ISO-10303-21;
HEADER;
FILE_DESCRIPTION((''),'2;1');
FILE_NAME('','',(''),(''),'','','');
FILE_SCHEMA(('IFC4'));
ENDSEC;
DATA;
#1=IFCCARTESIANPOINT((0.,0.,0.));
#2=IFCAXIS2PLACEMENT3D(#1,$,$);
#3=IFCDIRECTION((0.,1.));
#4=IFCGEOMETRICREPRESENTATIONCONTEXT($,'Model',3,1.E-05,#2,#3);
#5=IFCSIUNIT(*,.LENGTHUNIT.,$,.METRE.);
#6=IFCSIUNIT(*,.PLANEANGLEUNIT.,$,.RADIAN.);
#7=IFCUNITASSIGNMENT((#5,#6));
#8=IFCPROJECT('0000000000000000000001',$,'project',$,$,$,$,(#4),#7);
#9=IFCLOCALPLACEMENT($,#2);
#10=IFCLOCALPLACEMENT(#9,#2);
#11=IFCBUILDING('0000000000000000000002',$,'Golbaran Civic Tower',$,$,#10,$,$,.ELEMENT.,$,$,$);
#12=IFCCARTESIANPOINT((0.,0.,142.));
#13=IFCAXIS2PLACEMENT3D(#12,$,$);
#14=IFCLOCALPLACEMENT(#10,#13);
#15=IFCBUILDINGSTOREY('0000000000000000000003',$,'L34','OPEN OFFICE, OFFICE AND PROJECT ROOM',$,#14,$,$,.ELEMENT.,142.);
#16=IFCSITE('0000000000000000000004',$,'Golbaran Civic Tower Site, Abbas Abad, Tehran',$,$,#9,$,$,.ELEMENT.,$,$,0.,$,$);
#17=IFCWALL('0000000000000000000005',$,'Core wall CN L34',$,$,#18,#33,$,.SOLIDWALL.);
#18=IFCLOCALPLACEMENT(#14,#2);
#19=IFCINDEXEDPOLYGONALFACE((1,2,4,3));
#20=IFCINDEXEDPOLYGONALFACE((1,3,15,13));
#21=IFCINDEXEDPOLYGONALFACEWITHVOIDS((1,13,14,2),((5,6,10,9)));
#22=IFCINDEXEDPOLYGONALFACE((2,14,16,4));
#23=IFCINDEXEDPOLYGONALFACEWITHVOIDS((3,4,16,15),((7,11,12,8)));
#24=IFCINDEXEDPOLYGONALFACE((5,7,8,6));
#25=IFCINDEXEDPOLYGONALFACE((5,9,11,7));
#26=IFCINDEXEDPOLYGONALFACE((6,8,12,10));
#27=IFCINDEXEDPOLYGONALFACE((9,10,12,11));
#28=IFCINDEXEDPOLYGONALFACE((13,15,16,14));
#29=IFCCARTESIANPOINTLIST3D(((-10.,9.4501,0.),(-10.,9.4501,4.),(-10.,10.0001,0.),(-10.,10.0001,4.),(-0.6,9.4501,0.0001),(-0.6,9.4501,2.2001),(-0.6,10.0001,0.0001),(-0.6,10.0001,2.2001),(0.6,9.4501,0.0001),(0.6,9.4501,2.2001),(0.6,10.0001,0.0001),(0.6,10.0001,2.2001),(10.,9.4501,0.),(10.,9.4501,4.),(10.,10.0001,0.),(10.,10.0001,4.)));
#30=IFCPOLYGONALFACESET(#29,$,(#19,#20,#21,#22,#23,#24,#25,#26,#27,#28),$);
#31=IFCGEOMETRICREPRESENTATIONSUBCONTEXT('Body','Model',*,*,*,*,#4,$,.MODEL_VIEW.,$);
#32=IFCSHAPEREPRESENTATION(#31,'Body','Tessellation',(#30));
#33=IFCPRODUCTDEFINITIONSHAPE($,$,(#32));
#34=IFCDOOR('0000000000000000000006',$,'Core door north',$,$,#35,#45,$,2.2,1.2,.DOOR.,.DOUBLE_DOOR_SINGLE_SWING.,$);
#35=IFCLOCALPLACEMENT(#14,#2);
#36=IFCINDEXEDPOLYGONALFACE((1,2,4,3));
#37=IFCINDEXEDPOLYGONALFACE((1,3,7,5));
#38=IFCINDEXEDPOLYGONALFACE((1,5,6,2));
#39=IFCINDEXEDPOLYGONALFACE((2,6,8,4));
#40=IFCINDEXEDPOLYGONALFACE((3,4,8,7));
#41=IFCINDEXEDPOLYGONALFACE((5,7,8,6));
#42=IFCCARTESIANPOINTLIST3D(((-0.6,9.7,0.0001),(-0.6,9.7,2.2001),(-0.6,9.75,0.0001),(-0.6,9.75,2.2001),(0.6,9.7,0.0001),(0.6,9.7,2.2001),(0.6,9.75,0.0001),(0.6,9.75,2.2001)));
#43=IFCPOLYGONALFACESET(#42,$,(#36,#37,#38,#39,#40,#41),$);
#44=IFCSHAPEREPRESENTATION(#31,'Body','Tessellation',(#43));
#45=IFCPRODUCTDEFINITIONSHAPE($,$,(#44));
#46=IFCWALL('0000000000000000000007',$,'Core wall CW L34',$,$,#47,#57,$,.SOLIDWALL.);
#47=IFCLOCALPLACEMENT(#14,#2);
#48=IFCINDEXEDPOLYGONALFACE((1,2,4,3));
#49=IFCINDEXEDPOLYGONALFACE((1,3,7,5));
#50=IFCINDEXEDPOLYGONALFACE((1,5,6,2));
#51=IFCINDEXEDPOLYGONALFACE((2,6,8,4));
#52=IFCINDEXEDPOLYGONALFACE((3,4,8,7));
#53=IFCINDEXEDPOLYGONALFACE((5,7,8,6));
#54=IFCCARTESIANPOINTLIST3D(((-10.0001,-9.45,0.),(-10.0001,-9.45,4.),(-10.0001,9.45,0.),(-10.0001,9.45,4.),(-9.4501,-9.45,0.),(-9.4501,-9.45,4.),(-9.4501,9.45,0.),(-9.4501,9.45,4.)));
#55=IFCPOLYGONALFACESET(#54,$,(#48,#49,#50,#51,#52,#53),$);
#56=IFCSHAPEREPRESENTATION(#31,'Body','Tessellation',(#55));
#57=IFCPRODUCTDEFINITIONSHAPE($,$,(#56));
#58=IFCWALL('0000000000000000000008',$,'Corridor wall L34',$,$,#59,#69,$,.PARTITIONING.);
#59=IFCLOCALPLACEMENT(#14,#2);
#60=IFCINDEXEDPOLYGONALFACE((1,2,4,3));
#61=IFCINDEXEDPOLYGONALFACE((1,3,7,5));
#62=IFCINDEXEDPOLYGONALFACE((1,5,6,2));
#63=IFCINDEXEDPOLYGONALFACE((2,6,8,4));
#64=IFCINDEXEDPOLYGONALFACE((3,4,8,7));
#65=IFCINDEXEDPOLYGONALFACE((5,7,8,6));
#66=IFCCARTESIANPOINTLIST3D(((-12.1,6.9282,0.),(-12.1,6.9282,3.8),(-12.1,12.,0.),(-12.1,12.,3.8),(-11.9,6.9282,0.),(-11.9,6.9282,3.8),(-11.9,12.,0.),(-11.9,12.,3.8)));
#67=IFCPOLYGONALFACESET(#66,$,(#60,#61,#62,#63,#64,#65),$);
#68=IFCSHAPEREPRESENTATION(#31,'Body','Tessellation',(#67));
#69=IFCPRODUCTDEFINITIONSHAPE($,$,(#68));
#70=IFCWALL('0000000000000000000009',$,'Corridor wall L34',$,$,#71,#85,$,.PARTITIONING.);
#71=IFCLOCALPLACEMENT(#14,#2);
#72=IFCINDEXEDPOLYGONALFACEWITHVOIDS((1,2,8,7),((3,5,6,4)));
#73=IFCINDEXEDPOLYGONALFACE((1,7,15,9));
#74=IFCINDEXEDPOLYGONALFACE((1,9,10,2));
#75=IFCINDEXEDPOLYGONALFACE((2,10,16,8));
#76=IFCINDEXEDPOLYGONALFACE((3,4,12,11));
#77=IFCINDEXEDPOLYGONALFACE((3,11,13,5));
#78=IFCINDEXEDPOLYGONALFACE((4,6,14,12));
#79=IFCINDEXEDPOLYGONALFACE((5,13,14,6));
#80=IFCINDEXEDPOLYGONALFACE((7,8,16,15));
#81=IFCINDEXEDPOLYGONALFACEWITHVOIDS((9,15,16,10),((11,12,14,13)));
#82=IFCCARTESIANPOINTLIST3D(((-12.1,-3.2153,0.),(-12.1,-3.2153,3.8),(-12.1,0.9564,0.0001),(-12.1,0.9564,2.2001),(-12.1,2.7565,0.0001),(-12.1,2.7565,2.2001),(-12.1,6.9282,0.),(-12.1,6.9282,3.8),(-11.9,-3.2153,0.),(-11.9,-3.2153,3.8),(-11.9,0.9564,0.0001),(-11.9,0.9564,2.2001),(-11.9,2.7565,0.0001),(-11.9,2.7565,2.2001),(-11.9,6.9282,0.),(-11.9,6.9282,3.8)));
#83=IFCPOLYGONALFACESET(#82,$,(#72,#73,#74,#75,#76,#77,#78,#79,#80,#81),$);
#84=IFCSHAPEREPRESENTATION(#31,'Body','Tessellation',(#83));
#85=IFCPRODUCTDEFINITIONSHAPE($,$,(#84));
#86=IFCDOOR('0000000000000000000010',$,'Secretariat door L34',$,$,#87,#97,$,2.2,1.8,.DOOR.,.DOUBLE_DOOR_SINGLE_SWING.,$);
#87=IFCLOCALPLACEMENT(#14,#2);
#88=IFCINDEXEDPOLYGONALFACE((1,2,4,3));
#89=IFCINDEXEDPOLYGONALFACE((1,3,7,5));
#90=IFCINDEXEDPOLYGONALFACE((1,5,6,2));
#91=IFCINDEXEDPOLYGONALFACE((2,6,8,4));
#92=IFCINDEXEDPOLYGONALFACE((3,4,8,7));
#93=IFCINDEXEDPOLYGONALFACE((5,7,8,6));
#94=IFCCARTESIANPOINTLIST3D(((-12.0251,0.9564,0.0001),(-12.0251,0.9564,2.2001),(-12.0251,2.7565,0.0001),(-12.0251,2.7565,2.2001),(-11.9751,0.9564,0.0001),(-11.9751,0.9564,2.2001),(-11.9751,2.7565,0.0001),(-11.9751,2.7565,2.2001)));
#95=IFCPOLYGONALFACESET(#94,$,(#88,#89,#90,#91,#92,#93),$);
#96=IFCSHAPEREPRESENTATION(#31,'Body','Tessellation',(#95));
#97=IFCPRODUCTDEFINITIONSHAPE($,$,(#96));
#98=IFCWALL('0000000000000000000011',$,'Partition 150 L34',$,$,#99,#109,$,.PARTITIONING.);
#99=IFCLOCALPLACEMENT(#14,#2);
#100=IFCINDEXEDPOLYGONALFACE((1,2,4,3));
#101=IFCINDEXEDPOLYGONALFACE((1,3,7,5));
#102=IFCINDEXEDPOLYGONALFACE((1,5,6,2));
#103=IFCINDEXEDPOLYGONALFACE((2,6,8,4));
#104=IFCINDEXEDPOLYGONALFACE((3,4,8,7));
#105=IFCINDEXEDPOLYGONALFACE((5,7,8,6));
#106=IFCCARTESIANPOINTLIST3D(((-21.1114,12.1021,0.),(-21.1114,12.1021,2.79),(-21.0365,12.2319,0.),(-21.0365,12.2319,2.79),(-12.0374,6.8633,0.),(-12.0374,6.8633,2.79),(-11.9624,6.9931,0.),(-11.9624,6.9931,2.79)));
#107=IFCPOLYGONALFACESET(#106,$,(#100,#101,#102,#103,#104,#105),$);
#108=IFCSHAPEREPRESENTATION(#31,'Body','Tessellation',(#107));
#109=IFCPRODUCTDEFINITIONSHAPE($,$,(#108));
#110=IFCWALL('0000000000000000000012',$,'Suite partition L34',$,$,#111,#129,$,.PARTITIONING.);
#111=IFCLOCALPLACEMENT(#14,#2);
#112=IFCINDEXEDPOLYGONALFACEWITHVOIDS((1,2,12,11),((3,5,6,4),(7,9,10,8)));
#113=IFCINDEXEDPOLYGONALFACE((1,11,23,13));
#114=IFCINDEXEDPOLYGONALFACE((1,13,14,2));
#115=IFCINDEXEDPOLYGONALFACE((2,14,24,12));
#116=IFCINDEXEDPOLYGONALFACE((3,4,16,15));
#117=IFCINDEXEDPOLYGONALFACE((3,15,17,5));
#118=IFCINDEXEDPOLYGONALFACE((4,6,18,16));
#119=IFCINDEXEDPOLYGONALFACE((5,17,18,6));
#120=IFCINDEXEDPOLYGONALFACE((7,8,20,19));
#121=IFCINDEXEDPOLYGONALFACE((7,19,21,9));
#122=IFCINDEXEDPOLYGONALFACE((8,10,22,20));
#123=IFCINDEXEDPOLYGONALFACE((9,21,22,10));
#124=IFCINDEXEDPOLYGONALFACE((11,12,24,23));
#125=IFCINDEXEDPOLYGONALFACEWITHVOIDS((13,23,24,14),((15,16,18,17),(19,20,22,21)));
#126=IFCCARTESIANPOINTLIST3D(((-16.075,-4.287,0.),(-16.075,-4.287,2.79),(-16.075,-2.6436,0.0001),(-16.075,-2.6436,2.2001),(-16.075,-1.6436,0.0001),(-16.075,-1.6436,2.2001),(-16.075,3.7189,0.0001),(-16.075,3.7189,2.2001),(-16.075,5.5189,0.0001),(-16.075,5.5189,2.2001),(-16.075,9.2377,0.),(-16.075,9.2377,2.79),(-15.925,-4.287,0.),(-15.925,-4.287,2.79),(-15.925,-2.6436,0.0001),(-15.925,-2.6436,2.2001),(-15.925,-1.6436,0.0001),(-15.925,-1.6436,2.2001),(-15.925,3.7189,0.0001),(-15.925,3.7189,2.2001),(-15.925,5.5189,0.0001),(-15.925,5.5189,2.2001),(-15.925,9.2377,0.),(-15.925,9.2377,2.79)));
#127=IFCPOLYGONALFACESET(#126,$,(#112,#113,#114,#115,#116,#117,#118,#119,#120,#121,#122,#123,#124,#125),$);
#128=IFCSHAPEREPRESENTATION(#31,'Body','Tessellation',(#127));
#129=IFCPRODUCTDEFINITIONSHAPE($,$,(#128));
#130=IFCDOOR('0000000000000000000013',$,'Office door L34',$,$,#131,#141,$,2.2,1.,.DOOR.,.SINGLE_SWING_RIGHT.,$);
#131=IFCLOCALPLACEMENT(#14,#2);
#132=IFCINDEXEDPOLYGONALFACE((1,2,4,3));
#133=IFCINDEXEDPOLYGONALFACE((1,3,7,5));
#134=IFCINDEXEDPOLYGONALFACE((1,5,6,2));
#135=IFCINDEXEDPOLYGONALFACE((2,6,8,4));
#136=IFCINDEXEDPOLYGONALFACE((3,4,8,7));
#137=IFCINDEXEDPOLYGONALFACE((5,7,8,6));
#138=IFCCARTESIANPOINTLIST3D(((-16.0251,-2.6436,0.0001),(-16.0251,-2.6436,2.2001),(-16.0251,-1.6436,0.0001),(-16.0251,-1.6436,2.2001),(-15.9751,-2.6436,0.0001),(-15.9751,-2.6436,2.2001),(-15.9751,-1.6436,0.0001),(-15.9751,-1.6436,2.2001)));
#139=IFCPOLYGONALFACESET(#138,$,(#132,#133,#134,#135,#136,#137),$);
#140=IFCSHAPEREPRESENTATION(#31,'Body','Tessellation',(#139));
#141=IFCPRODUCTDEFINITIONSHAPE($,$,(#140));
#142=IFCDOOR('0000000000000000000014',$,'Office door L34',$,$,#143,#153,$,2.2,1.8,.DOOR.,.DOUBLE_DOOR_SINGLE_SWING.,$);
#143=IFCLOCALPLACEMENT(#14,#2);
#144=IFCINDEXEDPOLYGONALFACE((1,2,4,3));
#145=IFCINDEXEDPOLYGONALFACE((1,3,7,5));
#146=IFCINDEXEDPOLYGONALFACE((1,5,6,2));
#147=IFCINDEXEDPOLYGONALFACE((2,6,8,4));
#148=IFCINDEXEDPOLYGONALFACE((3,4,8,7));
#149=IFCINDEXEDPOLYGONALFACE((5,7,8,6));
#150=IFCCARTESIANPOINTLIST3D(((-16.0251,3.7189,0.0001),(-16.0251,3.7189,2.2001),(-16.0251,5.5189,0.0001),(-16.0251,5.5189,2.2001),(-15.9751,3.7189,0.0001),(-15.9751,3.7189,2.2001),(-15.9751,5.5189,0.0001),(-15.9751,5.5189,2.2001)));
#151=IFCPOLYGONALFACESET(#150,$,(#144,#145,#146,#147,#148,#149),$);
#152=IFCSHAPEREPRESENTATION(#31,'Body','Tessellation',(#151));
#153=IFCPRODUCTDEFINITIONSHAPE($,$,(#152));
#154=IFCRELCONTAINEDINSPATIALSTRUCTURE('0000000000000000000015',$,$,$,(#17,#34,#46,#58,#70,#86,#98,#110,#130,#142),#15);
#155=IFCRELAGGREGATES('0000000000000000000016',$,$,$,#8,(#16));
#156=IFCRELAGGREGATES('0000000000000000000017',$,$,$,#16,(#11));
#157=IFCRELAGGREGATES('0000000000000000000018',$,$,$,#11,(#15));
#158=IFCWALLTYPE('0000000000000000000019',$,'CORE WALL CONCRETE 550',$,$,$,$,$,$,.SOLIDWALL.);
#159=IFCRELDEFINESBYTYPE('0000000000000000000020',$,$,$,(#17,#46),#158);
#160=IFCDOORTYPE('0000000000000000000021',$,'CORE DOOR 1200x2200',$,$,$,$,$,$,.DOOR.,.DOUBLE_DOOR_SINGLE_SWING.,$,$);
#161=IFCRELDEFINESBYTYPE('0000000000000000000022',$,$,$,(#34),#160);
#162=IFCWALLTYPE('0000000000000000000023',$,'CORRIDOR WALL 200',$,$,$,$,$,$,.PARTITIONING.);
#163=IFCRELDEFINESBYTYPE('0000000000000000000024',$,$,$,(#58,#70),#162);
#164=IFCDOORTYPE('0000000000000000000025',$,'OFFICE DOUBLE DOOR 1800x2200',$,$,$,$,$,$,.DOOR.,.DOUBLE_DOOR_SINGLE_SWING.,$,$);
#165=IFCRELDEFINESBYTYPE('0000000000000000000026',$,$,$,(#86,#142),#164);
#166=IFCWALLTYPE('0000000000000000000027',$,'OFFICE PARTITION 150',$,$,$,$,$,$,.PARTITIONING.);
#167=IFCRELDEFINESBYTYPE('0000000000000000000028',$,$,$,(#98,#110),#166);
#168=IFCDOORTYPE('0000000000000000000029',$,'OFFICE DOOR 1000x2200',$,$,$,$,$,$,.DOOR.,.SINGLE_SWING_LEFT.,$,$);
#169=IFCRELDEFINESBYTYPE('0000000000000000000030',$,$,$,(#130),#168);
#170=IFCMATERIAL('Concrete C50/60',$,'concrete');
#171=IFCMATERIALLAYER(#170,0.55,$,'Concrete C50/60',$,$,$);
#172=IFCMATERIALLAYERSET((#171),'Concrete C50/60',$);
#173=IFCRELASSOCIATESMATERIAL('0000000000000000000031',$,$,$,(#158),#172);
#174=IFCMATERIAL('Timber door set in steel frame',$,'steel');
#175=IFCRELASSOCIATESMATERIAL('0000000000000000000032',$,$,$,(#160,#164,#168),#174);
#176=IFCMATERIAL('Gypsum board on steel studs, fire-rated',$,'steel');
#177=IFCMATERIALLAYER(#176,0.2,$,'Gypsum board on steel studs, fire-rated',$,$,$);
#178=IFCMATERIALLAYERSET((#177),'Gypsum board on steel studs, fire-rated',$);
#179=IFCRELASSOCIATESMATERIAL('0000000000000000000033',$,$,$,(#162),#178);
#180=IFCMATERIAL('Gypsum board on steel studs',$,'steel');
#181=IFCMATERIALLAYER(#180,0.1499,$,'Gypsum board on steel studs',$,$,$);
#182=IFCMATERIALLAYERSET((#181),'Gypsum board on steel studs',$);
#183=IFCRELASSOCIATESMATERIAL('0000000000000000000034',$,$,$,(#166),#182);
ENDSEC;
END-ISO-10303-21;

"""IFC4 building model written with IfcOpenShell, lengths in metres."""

from ifc_helpers import new_model, si_unit, direction, frame, frame_2d, origin, place, context, subcontext, project, spatial, rectangle, extrude, material, layer, layer_set, type_object, element, fill, save


model = new_model("IFC4")

# Units and contexts
model_context = context("Model", 3, precision=1e-05, world=origin(), true_north=direction((0.0, 1.0)))
body_context = subcontext(model_context, "Body", "Model", "MODEL_VIEW")
ifc_project = project(units=[si_unit("LENGTHUNIT", "METRE"), si_unit("PLANEANGLEUNIT", "RADIAN")], contexts=[model_context])

# Site, building, storey
site_placement = place(None, origin())
site = spatial("IfcSite", under=ifc_project, at=site_placement, Name="Golbaran Civic Tower Site, Abbas Abad, Tehran", CompositionType="ELEMENT", RefElevation=0.0)
building_placement = place(site_placement, origin())
building = spatial("IfcBuilding", under=site, at=building_placement, Name="Golbaran Civic Tower", CompositionType="ELEMENT")
storey_placement = place(building_placement, frame((0.0, 0.0, 142.0)))
storey = spatial("IfcBuildingStorey", under=building, at=storey_placement, Name="L34", Description="OPEN OFFICE, OFFICE AND PROJECT ROOM", CompositionType="ELEMENT", Elevation=142.0)

# Wall, opening, door
ifc_material_1 = material(Name="Concrete C50/60", Category="concrete")
ifc_layer_1 = layer(ifc_material_1, 0.55, Name="Concrete C50/60")
ifc_layer_set_1 = layer_set([ifc_layer_1], Name="Concrete C50/60")
wall_type_1 = type_object("IfcWallType", Name="CORE WALL CONCRETE 550", PredefinedType="SOLIDWALL", material=ifc_layer_set_1)
wall_1_placement = place(storey_placement, frame((-10.0, 9.7251, 0.0), z_axis=(0.0, 0.0, 1.0), x_axis=(1.0, 0.0, 0.0)))
wall_1 = element("IfcWall", 1, at=wall_1_placement, inside=storey, type_object=wall_type_1, Name="Core wall CN L34", PredefinedType="SOLIDWALL", context=body_context, shape_type="SweptSolid", body=[
    extrude(rectangle(XDim=20.0, YDim=0.55, at=frame_2d((10.0, 0.0))), origin(), (0.0, 0.0, 1.0), 4.0),
])
opening_1_placement = place(wall_1_placement, frame((9.3999, 0.0, 0.0)))
opening_1 = element("IfcOpeningElement", 2, at=opening_1_placement, cuts=wall_1, PredefinedType="OPENING", context=body_context, shape_type="SweptSolid", body=[
    extrude(rectangle(XDim=1.2, YDim=2.2, at=frame_2d((0.6001, 1.1001))), frame((0.0, 0.2849, 0.0), z_axis=(0.0, -1.0, 0.0), x_axis=(1.0, 0.0, 0.0)), (0.0, 0.0, 1.0), 0.5701),
])
ifc_material_2 = material(Name="Timber door set in steel frame", Category="steel")
door_type_1 = type_object("IfcDoorType", Name="CORE DOOR 1200x2200", OperationType="DOUBLE_DOOR_SINGLE_SWING", PredefinedType="DOOR", material=ifc_material_2)
door_1_placement = place(opening_1_placement, origin())
door_1 = element("IfcDoor", 3, at=door_1_placement, inside=storey, type_object=door_type_1, Name="Core door north", OperationType="DOUBLE_DOOR_SINGLE_SWING", OverallHeight=2.2, OverallWidth=1.2, PredefinedType="DOOR", context=body_context, shape_type="SweptSolid", body=[
    extrude(rectangle(XDim=1.2, YDim=2.2, at=frame_2d((0.6001, 1.1001))), frame((0.0, 0.0249, 0.0), z_axis=(0.0, -1.0, 0.0), x_axis=(1.0, 0.0, 0.0)), (0.0, 0.0, 1.0), 0.05),
])
fill(opening_1, door_1)

# Walls
wall_2_placement = place(storey_placement, frame((-9.7251, 9.45, 0.0), z_axis=(0.0, 0.0, 1.0), x_axis=(0.0, -1.0, 0.0)))
element("IfcWall", 4, at=wall_2_placement, inside=storey, type_object=wall_type_1, Name="Core wall CW L34", PredefinedType="SOLIDWALL", context=body_context, shape_type="SweptSolid", body=[
    extrude(rectangle(XDim=18.8999, YDim=0.55, at=frame_2d((9.45, 0.0))), origin(), (0.0, 0.0, 1.0), 4.0),
])
ifc_material_3 = material(Name="Gypsum board on steel studs, fire-rated", Category="steel")
ifc_layer_2 = layer(ifc_material_3, 0.2, Name="Gypsum board on steel studs, fire-rated")
ifc_layer_set_2 = layer_set([ifc_layer_2], Name="Gypsum board on steel studs, fire-rated")
wall_type_2 = type_object("IfcWallType", Name="CORRIDOR WALL 200", PredefinedType="PARTITIONING", material=ifc_layer_set_2)
wall_3_placement = place(storey_placement, frame((-12.0, 12.0, 0.0), z_axis=(0.0, 0.0, 1.0), x_axis=(0.0, -1.0, 0.0)))
element("IfcWall", 5, at=wall_3_placement, inside=storey, type_object=wall_type_2, Name="Corridor wall L34", PredefinedType="PARTITIONING", context=body_context, shape_type="SweptSolid", body=[
    extrude(rectangle(XDim=5.0718, YDim=0.2, at=frame_2d((2.5359, 0.0))), origin(), (0.0, 0.0, 1.0), 3.8),
])

# Wall, opening, door
wall_4_placement = place(storey_placement, frame((-12.0, 6.9282, 0.0), z_axis=(0.0, 0.0, 1.0), x_axis=(0.0, -1.0, 0.0)))
wall_4 = element("IfcWall", 6, at=wall_4_placement, inside=storey, type_object=wall_type_2, Name="Corridor wall L34", PredefinedType="PARTITIONING", context=body_context, shape_type="SweptSolid", body=[
    extrude(rectangle(XDim=10.1436, YDim=0.2, at=frame_2d((5.0718, 0.0))), origin(), (0.0, 0.0, 1.0), 3.8),
])
opening_2_placement = place(wall_4_placement, frame((4.1719, 0.0, 0.0)))
opening_2 = element("IfcOpeningElement", 7, at=opening_2_placement, cuts=wall_4, PredefinedType="OPENING", context=body_context, shape_type="SweptSolid", body=[
    extrude(rectangle(XDim=1.8, YDim=2.2, at=frame_2d((0.8999, 1.1001))), frame((0.0, 0.1099, 0.0), z_axis=(0.0, -1.0, 0.0), x_axis=(1.0, 0.0, 0.0)), (0.0, 0.0, 1.0), 0.22),
])
door_type_2 = type_object("IfcDoorType", Name="OFFICE DOUBLE DOOR 1800x2200", OperationType="DOUBLE_DOOR_SINGLE_SWING", PredefinedType="DOOR", material=ifc_material_2)
door_2_placement = place(opening_2_placement, origin())
door_2 = element("IfcDoor", 8, at=door_2_placement, inside=storey, type_object=door_type_2, Name="Secretariat door L34", OperationType="DOUBLE_DOOR_SINGLE_SWING", OverallHeight=2.2, OverallWidth=1.8, PredefinedType="DOOR", context=body_context, shape_type="SweptSolid", body=[
    extrude(rectangle(XDim=1.8, YDim=2.2, at=frame_2d((0.8999, 1.1001))), frame((0.0, 0.0249, 0.0), z_axis=(0.0, -1.0, 0.0), x_axis=(1.0, 0.0, 0.0)), (0.0, 0.0, 1.0), 0.05),
])
fill(opening_2, door_2)

# Wall
ifc_material_4 = material(Name="Gypsum board on steel studs", Category="steel")
ifc_layer_3 = layer(ifc_material_4, 0.1499, Name="Gypsum board on steel studs")
ifc_layer_set_3 = layer_set([ifc_layer_3], Name="Gypsum board on steel studs")
wall_type_3 = type_object("IfcWallType", Name="OFFICE PARTITION 150", PredefinedType="PARTITIONING", material=ifc_layer_set_3)
wall_5_placement = place(storey_placement, frame((-12.0, 6.9282, 0.0), z_axis=(0.0, 0.0, 1.0), x_axis=(-0.866029, 0.499993, 0.0)))
element("IfcWall", 9, at=wall_5_placement, inside=storey, type_object=wall_type_3, Name="Partition 150 L34", PredefinedType="PARTITIONING", context=body_context, shape_type="SweptSolid", body=[
    extrude(rectangle(XDim=10.4778, YDim=0.1499, at=frame_2d((5.2388, 0.0))), origin(), (0.0, 0.0, 1.0), 2.79),
])

# Wall, openings, doors
wall_6_placement = place(storey_placement, frame((-16.0, 9.2375, 0.0), z_axis=(0.0, 0.0, 1.0), x_axis=(0.0, -1.0, 0.0)))
wall_6 = element("IfcWall", 10, at=wall_6_placement, inside=storey, type_object=wall_type_3, Name="Suite partition L34", PredefinedType="PARTITIONING", context=body_context, shape_type="SweptSolid", body=[
    extrude(rectangle(XDim=13.5247, YDim=0.1499, at=frame_2d((6.7622, 0.0))), origin(), (0.0, 0.0, 1.0), 2.79),
])
opening_3_placement = place(wall_6_placement, frame((3.7188, 0.0, 0.0)))
opening_3 = element("IfcOpeningElement", 11, at=opening_3_placement, cuts=wall_6, PredefinedType="OPENING", context=body_context, shape_type="SweptSolid", body=[
    extrude(rectangle(XDim=1.8, YDim=2.2, at=frame_2d((0.8999, 1.1001))), frame((0.0, 0.085, 0.0), z_axis=(0.0, -1.0, 0.0), x_axis=(1.0, 0.0, 0.0)), (0.0, 0.0, 1.0), 0.1699),
])
opening_4_placement = place(wall_6_placement, frame((10.8811, 0.0, 0.0)))
opening_4 = element("IfcOpeningElement", 12, at=opening_4_placement, cuts=wall_6, PredefinedType="OPENING", context=body_context, shape_type="SweptSolid", body=[
    extrude(rectangle(XDim=1.0, YDim=2.2, at=frame_2d((0.5, 1.1001))), frame((0.0, 0.085, 0.0), z_axis=(0.0, -1.0, 0.0), x_axis=(1.0, 0.0, 0.0)), (0.0, 0.0, 1.0), 0.1699),
])
door_type_3 = type_object("IfcDoorType", Name="OFFICE DOOR 1000x2200", OperationType="SINGLE_SWING_LEFT", PredefinedType="DOOR", material=ifc_material_2)
door_3_placement = place(opening_4_placement, origin())
door_3 = element("IfcDoor", 13, at=door_3_placement, inside=storey, type_object=door_type_3, Name="Office door L34", OperationType="SINGLE_SWING_RIGHT", OverallHeight=2.2, OverallWidth=1.0, PredefinedType="DOOR", context=body_context, shape_type="SweptSolid", body=[
    extrude(rectangle(XDim=1.0, YDim=2.2, at=frame_2d((0.5, 1.1001))), frame((0.0, 0.0249, 0.0), z_axis=(0.0, -1.0, 0.0), x_axis=(1.0, 0.0, 0.0)), (0.0, 0.0, 1.0), 0.05),
])
fill(opening_4, door_3)
door_4_placement = place(opening_3_placement, origin())
door_4 = element("IfcDoor", 14, at=door_4_placement, inside=storey, type_object=door_type_2, Name="Office door L34", OperationType="DOUBLE_DOOR_SINGLE_SWING", OverallHeight=2.2, OverallWidth=1.8, PredefinedType="DOOR", context=body_context, shape_type="SweptSolid", body=[
    extrude(rectangle(XDim=1.8, YDim=2.2, at=frame_2d((0.8999, 1.1001))), frame((0.0, 0.0249, 0.0), z_axis=(0.0, -1.0, 0.0), x_axis=(1.0, 0.0, 0.0)), (0.0, 0.0, 1.0), 0.05),
])
fill(opening_3, door_4)

save(model, "model.ifc")
